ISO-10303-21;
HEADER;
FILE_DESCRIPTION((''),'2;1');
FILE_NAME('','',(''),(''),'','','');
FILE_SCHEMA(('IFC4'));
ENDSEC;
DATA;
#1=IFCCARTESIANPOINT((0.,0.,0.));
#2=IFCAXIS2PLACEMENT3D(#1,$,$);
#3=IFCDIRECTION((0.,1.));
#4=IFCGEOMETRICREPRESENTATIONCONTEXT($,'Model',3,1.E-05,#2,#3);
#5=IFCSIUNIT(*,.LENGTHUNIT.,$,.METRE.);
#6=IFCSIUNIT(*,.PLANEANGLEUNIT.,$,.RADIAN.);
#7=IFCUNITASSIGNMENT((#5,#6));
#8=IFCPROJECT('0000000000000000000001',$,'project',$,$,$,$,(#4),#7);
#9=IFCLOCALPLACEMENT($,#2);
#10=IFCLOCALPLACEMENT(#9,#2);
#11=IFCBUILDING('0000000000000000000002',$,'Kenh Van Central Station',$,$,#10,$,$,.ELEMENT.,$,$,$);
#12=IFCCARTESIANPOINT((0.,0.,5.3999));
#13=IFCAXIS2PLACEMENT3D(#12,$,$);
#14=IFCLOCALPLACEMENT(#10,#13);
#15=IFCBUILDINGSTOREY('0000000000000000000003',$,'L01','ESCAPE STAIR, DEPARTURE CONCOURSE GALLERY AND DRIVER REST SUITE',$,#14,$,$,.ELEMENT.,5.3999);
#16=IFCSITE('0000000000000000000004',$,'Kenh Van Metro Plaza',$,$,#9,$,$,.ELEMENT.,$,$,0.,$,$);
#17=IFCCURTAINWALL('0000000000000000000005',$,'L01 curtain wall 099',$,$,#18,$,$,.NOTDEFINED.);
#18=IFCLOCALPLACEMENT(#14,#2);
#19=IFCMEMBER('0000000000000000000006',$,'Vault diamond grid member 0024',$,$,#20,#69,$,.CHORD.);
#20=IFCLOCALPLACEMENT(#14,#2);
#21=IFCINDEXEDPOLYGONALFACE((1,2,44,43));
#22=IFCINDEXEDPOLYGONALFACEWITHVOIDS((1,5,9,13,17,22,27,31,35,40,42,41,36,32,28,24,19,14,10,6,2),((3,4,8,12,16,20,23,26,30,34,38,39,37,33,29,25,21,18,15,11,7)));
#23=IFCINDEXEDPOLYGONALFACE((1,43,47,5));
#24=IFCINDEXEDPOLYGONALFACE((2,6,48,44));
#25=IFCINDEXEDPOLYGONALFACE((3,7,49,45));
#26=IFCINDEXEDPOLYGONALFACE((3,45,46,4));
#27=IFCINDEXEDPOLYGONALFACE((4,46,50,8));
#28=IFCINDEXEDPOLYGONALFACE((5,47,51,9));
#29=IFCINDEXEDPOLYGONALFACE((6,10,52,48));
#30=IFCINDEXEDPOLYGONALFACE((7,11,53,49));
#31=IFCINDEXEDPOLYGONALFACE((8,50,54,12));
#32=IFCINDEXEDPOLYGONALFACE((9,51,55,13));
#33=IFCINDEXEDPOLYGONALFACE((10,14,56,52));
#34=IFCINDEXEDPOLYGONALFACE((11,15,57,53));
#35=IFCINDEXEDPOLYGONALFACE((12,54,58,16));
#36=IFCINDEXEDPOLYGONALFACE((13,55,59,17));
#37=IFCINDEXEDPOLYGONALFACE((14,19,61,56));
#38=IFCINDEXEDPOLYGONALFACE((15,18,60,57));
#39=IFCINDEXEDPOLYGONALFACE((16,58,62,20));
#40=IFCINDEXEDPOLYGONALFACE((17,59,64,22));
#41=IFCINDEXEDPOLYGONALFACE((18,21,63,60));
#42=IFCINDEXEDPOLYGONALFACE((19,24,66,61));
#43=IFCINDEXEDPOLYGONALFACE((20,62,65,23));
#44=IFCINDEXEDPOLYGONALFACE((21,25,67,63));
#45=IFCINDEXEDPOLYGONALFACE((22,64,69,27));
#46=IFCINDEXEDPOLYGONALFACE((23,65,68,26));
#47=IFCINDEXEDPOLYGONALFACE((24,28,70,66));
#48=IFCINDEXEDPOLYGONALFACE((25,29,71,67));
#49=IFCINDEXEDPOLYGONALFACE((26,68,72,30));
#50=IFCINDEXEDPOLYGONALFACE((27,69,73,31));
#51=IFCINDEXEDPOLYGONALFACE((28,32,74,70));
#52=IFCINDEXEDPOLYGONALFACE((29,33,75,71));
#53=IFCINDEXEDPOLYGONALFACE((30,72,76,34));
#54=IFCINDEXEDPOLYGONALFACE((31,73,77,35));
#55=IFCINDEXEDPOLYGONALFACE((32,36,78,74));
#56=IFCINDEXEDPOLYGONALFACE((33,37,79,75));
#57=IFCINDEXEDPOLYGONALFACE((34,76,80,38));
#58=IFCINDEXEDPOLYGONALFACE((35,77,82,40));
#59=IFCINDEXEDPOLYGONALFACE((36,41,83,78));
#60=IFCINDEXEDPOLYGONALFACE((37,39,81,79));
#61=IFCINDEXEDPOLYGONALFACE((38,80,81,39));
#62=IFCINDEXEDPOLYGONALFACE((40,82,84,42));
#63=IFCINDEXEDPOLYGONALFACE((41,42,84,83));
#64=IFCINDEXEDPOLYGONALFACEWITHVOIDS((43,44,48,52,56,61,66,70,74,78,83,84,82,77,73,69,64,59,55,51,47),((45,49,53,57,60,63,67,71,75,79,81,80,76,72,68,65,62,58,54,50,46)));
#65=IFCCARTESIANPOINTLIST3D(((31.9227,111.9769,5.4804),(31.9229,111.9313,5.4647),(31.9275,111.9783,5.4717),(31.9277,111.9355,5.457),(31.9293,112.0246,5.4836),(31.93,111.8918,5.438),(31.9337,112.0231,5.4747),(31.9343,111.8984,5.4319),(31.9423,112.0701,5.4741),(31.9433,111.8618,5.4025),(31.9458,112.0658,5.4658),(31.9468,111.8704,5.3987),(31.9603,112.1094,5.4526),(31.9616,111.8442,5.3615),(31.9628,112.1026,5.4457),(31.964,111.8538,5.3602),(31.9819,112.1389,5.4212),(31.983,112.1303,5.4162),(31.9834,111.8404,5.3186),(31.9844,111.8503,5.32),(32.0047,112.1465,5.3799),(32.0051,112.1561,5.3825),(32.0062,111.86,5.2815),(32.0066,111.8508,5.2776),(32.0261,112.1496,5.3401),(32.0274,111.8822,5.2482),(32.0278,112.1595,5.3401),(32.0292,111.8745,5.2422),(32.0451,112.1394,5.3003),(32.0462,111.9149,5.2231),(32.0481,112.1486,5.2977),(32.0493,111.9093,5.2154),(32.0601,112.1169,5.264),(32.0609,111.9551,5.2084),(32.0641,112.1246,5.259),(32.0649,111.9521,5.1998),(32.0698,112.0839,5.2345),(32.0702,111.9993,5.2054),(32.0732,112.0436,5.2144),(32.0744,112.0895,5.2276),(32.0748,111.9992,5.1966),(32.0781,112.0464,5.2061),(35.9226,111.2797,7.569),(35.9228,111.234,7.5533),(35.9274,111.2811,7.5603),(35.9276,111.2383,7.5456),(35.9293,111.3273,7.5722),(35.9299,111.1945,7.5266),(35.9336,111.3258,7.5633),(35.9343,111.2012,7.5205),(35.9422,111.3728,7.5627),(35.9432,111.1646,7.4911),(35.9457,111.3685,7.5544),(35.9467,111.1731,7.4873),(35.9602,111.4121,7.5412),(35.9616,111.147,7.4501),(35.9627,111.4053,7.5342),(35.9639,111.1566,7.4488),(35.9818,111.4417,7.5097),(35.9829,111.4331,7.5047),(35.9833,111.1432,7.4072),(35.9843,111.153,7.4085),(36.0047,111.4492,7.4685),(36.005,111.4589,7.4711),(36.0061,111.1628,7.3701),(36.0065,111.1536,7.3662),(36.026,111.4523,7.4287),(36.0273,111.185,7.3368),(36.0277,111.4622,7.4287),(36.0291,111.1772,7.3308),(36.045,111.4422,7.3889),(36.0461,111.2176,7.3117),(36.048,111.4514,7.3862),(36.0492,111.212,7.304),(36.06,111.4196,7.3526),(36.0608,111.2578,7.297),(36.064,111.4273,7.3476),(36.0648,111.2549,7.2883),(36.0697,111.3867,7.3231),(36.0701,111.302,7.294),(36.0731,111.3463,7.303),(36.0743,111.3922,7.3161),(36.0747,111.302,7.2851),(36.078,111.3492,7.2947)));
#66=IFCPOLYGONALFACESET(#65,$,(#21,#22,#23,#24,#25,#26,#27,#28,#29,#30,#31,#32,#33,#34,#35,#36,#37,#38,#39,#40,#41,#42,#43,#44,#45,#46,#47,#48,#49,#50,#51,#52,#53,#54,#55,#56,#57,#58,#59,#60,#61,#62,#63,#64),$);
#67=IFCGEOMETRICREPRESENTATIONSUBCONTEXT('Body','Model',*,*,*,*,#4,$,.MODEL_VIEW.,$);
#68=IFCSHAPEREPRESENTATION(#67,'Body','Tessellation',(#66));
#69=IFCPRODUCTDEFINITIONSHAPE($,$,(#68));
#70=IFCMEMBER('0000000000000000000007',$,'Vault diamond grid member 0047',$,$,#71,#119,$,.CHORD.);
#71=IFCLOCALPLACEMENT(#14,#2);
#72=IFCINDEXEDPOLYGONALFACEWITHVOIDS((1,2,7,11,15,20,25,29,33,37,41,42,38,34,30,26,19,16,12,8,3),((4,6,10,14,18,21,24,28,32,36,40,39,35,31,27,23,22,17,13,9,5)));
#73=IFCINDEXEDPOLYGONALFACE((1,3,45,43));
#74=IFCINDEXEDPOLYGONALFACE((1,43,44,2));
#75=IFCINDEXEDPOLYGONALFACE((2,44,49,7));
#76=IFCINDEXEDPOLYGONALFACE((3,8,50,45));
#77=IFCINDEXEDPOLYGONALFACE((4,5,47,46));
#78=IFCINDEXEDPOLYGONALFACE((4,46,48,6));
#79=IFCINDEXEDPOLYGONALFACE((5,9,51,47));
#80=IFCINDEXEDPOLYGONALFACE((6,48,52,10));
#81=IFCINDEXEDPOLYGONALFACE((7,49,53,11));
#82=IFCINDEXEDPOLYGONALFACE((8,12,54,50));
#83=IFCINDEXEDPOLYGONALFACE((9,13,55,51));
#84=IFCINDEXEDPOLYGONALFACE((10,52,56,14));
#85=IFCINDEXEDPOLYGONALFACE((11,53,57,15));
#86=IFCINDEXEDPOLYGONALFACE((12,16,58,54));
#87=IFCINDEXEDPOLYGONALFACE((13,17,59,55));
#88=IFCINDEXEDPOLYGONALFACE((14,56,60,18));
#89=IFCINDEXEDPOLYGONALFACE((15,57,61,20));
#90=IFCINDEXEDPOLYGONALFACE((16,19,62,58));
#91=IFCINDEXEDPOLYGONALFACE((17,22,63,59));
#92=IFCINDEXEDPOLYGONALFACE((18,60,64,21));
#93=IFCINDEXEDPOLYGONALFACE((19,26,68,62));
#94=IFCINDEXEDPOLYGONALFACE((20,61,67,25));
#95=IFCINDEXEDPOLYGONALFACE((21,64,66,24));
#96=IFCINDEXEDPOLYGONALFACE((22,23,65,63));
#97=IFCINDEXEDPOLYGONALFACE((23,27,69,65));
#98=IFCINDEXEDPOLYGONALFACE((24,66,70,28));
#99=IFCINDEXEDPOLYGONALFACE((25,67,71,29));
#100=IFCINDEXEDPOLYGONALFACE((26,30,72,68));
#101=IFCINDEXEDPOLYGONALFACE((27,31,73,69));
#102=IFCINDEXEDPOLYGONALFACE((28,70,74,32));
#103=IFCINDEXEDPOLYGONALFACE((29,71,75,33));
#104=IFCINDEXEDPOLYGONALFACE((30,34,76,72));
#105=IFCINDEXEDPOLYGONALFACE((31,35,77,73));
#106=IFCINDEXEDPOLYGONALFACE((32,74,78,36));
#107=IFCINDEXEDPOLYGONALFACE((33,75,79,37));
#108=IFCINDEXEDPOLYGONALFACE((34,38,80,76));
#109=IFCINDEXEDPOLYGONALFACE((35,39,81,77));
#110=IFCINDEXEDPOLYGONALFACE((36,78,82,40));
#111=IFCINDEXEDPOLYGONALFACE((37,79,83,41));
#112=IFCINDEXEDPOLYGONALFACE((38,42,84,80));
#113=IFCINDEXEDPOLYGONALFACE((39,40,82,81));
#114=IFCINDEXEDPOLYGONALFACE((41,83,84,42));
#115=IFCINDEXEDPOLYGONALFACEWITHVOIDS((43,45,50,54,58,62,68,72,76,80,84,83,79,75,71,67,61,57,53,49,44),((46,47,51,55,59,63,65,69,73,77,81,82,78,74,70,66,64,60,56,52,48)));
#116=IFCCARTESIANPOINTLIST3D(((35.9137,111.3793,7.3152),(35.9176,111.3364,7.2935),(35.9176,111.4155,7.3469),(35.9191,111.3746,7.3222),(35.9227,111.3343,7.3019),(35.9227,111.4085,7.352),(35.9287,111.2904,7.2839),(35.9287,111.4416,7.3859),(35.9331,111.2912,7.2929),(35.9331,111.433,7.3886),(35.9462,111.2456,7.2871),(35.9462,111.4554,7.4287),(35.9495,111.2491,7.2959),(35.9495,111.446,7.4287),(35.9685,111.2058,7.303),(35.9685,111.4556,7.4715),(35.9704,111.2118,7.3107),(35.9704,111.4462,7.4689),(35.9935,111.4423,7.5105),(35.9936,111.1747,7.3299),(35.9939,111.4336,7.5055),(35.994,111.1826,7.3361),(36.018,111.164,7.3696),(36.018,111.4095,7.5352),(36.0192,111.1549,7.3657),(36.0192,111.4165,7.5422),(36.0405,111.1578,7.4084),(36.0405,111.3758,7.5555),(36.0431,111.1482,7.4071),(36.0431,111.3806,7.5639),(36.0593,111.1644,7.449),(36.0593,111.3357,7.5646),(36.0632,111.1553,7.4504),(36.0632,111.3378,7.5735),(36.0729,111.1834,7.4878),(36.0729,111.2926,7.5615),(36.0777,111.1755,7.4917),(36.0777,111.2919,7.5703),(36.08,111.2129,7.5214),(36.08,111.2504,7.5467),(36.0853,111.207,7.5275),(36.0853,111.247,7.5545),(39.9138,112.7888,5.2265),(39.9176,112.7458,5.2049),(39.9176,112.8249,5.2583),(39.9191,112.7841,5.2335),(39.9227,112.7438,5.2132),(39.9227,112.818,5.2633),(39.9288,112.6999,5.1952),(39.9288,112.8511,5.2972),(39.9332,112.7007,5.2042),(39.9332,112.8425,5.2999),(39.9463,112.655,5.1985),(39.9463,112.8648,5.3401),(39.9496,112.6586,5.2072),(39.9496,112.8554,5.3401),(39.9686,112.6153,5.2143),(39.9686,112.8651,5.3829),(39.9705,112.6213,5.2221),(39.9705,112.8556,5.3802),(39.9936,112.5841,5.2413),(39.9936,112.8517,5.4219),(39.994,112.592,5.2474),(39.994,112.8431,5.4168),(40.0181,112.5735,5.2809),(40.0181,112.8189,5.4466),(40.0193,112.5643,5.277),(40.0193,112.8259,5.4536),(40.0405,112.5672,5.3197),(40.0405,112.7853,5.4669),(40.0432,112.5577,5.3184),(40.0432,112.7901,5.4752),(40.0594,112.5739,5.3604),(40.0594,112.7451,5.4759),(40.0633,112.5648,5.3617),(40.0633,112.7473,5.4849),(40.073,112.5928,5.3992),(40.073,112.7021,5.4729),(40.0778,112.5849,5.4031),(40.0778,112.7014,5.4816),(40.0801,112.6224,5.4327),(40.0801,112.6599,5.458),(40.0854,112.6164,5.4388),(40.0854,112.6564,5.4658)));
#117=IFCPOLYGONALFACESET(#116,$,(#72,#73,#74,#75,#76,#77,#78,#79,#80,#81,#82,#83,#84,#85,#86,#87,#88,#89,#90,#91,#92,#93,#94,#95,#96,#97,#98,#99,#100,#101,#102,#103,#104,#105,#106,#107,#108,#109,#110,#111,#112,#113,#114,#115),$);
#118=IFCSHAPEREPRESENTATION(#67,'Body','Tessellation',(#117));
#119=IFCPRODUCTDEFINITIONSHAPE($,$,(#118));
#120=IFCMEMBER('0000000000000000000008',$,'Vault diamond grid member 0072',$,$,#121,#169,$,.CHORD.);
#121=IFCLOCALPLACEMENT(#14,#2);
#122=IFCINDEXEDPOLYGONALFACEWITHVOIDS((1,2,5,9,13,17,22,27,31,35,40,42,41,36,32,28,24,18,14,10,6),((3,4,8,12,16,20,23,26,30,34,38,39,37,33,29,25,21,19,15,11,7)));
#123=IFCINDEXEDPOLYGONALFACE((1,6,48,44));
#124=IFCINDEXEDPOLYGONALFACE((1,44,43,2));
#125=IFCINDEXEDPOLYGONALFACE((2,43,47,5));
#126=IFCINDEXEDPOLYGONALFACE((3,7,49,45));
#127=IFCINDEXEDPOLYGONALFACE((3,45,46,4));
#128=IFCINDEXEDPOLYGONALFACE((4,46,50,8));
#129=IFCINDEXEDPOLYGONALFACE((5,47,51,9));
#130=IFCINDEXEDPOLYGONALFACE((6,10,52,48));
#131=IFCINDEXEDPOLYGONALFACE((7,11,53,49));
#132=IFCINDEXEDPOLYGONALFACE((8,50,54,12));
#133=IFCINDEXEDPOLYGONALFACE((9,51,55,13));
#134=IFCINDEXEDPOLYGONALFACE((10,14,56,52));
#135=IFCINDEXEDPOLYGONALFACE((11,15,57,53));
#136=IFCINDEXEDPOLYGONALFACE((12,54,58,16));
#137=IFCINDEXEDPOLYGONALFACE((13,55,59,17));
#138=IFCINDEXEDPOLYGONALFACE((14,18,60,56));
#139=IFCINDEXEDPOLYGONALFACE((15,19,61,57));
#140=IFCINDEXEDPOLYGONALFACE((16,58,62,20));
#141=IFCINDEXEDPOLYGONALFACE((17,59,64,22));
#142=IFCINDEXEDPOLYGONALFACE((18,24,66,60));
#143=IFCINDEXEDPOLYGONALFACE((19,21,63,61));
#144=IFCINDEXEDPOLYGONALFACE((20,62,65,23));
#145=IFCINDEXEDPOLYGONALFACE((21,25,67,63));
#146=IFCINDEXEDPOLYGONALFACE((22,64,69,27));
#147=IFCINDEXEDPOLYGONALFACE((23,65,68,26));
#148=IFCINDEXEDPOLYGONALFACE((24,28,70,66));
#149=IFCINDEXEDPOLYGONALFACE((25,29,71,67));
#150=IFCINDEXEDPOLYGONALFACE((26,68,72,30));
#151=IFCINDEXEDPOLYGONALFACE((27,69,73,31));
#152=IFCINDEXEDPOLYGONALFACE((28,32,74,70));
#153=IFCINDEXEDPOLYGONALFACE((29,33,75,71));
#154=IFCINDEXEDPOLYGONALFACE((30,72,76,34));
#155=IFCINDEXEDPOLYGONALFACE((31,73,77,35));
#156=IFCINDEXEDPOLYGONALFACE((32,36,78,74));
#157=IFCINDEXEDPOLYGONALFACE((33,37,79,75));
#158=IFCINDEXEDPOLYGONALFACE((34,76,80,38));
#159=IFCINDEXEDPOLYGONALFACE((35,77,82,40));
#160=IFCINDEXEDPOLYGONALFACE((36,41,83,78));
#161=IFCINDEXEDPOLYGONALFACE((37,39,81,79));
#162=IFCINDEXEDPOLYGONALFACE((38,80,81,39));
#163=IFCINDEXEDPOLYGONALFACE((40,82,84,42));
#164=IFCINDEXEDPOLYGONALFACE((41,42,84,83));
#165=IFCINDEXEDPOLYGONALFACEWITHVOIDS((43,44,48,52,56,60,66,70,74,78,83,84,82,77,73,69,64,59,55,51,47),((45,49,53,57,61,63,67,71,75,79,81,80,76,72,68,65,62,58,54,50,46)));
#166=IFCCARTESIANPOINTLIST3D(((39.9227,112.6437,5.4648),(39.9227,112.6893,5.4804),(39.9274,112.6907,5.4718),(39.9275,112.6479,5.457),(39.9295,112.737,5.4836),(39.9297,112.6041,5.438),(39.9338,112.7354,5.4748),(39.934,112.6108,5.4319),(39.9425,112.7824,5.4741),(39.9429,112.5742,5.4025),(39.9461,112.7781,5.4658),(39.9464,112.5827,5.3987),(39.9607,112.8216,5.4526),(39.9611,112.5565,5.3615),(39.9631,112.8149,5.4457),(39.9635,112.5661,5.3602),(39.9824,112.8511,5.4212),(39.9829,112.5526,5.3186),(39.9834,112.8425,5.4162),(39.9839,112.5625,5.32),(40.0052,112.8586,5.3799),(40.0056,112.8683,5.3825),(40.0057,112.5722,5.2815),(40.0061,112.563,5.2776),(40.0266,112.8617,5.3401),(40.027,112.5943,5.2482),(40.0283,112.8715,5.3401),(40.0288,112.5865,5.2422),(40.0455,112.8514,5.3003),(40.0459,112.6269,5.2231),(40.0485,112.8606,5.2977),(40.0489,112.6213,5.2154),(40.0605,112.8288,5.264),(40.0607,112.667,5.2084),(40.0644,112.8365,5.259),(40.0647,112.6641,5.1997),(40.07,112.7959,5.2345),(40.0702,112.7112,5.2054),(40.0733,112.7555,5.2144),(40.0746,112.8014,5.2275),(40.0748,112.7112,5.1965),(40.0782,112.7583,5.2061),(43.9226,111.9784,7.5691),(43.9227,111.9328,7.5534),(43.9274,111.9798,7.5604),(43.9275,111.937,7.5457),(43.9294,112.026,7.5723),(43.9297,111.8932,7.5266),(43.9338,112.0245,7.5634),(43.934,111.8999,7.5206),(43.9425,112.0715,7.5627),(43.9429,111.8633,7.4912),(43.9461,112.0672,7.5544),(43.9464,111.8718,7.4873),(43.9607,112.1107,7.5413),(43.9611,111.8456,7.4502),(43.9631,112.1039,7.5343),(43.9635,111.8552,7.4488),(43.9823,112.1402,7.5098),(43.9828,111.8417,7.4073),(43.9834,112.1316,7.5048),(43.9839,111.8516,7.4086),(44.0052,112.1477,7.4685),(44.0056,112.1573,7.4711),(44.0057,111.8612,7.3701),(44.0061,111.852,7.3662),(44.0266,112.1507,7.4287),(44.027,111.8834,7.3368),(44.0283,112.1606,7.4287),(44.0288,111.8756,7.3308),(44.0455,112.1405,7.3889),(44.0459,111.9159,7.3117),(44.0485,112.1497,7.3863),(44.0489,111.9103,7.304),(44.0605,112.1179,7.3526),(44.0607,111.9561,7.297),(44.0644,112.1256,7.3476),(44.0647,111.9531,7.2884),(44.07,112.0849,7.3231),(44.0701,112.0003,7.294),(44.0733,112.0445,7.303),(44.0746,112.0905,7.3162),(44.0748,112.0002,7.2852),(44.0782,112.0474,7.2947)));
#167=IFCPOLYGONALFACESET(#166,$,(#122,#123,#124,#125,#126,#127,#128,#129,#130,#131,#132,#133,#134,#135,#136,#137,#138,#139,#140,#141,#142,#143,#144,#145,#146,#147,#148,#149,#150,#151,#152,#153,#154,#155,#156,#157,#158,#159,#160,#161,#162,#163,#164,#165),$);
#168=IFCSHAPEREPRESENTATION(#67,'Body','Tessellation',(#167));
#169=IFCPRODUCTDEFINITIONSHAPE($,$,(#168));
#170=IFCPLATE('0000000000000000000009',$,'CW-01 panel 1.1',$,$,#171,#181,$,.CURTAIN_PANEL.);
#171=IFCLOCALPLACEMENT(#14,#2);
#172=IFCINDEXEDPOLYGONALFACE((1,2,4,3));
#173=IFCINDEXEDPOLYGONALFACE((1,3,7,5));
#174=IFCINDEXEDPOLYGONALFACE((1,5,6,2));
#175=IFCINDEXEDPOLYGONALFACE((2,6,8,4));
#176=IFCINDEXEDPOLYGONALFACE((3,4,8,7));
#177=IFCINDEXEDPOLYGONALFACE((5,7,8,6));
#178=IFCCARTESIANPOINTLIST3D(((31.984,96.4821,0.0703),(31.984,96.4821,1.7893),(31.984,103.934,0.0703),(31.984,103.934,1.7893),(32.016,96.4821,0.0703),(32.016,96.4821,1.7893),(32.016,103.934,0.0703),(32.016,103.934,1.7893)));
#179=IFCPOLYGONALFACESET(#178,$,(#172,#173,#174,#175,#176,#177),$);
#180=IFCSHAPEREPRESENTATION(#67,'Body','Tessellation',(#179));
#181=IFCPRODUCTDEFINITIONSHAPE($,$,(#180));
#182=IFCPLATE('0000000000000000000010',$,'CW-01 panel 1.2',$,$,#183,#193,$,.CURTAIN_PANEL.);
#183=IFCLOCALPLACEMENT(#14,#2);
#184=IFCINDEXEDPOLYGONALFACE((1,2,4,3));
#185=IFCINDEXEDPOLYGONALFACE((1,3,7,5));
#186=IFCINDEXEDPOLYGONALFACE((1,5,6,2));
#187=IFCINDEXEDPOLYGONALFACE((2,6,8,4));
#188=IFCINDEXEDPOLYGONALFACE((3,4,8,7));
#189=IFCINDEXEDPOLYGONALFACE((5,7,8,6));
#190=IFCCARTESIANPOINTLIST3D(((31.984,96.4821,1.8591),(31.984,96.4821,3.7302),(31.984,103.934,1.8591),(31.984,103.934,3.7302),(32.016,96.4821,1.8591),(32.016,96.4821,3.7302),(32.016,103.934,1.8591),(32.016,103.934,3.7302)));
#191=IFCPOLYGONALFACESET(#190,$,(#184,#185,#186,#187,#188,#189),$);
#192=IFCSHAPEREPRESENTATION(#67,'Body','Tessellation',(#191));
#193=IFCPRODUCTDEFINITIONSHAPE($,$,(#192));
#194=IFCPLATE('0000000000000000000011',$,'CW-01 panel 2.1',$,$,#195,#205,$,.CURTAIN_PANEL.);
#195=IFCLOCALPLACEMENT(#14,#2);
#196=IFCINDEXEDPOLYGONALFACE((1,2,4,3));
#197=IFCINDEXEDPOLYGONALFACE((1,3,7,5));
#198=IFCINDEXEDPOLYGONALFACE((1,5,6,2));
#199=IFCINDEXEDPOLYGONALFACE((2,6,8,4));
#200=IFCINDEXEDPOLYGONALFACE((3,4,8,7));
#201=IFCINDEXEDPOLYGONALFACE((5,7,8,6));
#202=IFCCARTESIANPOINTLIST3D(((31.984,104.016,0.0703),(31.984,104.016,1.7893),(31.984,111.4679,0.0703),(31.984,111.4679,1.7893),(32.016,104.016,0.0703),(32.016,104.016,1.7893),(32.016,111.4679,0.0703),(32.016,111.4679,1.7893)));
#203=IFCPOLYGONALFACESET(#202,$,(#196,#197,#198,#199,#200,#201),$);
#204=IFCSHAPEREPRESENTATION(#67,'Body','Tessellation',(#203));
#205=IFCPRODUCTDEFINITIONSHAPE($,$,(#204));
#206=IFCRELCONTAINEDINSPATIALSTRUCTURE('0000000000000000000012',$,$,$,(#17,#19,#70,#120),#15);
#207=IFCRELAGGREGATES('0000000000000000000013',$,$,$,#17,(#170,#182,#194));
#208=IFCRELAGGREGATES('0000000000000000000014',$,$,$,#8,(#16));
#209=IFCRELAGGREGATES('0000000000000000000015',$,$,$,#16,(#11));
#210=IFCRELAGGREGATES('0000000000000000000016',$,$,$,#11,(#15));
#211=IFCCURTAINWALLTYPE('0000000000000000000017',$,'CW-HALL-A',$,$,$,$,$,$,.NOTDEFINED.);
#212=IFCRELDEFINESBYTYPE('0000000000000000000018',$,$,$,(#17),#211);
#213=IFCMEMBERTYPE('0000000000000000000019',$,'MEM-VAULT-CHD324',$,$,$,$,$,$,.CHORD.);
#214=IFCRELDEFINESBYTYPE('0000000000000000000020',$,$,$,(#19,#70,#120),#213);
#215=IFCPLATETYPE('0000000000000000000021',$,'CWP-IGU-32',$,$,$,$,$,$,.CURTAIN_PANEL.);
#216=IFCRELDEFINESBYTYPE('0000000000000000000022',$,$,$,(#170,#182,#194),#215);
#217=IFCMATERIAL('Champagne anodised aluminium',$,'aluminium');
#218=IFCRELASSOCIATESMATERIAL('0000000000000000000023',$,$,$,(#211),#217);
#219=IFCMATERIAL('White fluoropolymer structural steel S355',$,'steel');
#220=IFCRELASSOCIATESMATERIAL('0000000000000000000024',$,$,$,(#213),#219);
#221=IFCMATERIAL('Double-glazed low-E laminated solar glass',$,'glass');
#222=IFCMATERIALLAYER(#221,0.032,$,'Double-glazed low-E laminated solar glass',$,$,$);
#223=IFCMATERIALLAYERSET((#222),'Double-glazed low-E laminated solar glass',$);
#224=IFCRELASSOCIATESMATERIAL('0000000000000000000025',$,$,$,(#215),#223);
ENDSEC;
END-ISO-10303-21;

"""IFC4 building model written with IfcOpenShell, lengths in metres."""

from ifc_helpers import new_model, si_unit, direction, frame, origin, origin_2d, place, context, subcontext, project, spatial, rectangle, hollow_circle, extrude, material, layer, layer_set, material_profile, profile_set, type_object, element, aggregate, save


model = new_model("IFC4")

# Units and contexts
model_context = context("Model", 3, precision=1e-05, world=origin(), true_north=direction((0.0, 1.0)))
body_context = subcontext(model_context, "Body", "Model", "MODEL_VIEW")
ifc_project = project(units=[si_unit("LENGTHUNIT", "METRE"), si_unit("PLANEANGLEUNIT", "RADIAN")], contexts=[model_context])

# Site, building, storey
site_placement = place(None, origin())
site = spatial("IfcSite", under=ifc_project, at=site_placement, Name="Kenh Van Metro Plaza", CompositionType="ELEMENT", RefElevation=0.0)
building_placement = place(site_placement, origin())
building = spatial("IfcBuilding", under=site, at=building_placement, Name="Kenh Van Central Station", CompositionType="ELEMENT")
storey_placement = place(building_placement, frame((0.0, 0.0, 5.3999)))
storey = spatial("IfcBuildingStorey", under=building, at=storey_placement, Name="L01", Description="ESCAPE STAIR, DEPARTURE CONCOURSE GALLERY AND DRIVER REST SUITE", CompositionType="ELEMENT", Elevation=5.3999)

# Shared definitions
ifc_material_1 = material(Name="White fluoropolymer structural steel S355", Category="steel")

# Curtain wall
ifc_material_2 = material(Name="Champagne anodised aluminium", Category="aluminium")
curtain_wall_type_1 = type_object("IfcCurtainWallType", Name="CW-HALL-A", PredefinedType="NOTDEFINED", material=ifc_material_2)
curtain_wall_1_placement = place(storey_placement, origin())
curtain_wall_1 = element("IfcCurtainWall", 1, at=curtain_wall_1_placement, inside=storey, type_object=curtain_wall_type_1, Name="L01 curtain wall 099", PredefinedType="NOTDEFINED")

# Members
ifc_material_profile_1 = material_profile(ifc_material_1, hollow_circle(Radius=0.1619, WallThickness=0.01, at=origin_2d()), Name="CHS 323.9x10")
ifc_profile_set_1 = profile_set([ifc_material_profile_1], Name="White fluoropolymer structural steel S355")
member_type_1 = type_object("IfcMemberType", Name="MEM-VAULT-CHD324", PredefinedType="CHORD", material=ifc_profile_set_1)
member_1_placement = place(storey_placement, frame((32.0, 112.0, 5.3401), z_axis=(0.876037, -0.152708, 0.457428), x_axis=(0.171727, 0.985145, 0.0)))
element("IfcMember", 2, at=member_1_placement, inside=storey, type_object=member_type_1, Name="Vault diamond grid member 0024", PredefinedType="CHORD", context=body_context, shape_type="SweptSolid", body=[
    extrude(hollow_circle(Radius=0.1619, WallThickness=0.01, at=origin_2d()), origin(), (0.0, 0.0, 1.0), 4.5659),
])
member_2_placement = place(storey_placement, frame((36.0, 111.3027, 7.4287), z_axis=(0.846121, 0.298136, -0.441807), x_axis=(-0.332329, 0.943163, 0.0)))
element("IfcMember", 3, at=member_2_placement, inside=storey, type_object=member_type_1, Name="Vault diamond grid member 0047", PredefinedType="CHORD", context=body_context, shape_type="SweptSolid", body=[
    extrude(hollow_circle(Radius=0.1619, WallThickness=0.01, at=origin_2d()), origin(), (0.0, 0.0, 1.0), 4.7275),
])
member_3_placement = place(storey_placement, frame((40.0, 112.7122, 5.3401), z_axis=(0.875633, -0.15563, 0.457217), x_axis=(0.174992, 0.98457, 0.0)))
element("IfcMember", 4, at=member_3_placement, inside=storey, type_object=member_type_1, Name="Vault diamond grid member 0072", PredefinedType="CHORD", context=body_context, shape_type="SweptSolid", body=[
    extrude(hollow_circle(Radius=0.1619, WallThickness=0.01, at=origin_2d()), origin(), (0.0, 0.0, 1.0), 4.5681),
])

# Plates
ifc_material_3 = material(Name="Double-glazed low-E laminated solar glass", Category="glass")
ifc_layer_1 = layer(ifc_material_3, 0.032, Name="Double-glazed low-E laminated solar glass")
ifc_layer_set_1 = layer_set([ifc_layer_1], Name="Double-glazed low-E laminated solar glass")
plate_type_1 = type_object("IfcPlateType", Name="CWP-IGU-32", PredefinedType="CURTAIN_PANEL", material=ifc_layer_set_1)
plate_1_placement = place(storey_placement, frame((32.0, 100.208, 0.0703), z_axis=(0.0, 0.0, 1.0), x_axis=(0.0, 1.0, 0.0)))
plate_1 = element("IfcPlate", 5, at=plate_1_placement, type_object=plate_type_1, Name="CW-01 panel 1.1", PredefinedType="CURTAIN_PANEL", context=body_context, shape_type="SweptSolid", body=[
    extrude(rectangle(XDim=7.4519, YDim=0.032, at=origin_2d()), origin(), (0.0, 0.0, 1.0), 1.719),
])
plate_2_placement = place(storey_placement, frame((32.0, 100.208, 1.8591), z_axis=(0.0, 0.0, 1.0), x_axis=(0.0, 1.0, 0.0)))
plate_2 = element("IfcPlate", 6, at=plate_2_placement, type_object=plate_type_1, Name="CW-01 panel 1.2", PredefinedType="CURTAIN_PANEL", context=body_context, shape_type="SweptSolid", body=[
    extrude(rectangle(XDim=7.4519, YDim=0.032, at=origin_2d()), origin(), (0.0, 0.0, 1.0), 1.8711),
])
plate_3_placement = place(storey_placement, frame((32.0, 107.7419, 0.0703), z_axis=(0.0, 0.0, 1.0), x_axis=(0.0, 1.0, 0.0)))
plate_3 = element("IfcPlate", 7, at=plate_3_placement, type_object=plate_type_1, Name="CW-01 panel 2.1", PredefinedType="CURTAIN_PANEL", context=body_context, shape_type="SweptSolid", body=[
    extrude(rectangle(XDim=7.4519, YDim=0.032, at=origin_2d()), origin(), (0.0, 0.0, 1.0), 1.719),
])
aggregate(curtain_wall_1, [plate_1, plate_2, plate_3])

save(model, "model.ifc")
